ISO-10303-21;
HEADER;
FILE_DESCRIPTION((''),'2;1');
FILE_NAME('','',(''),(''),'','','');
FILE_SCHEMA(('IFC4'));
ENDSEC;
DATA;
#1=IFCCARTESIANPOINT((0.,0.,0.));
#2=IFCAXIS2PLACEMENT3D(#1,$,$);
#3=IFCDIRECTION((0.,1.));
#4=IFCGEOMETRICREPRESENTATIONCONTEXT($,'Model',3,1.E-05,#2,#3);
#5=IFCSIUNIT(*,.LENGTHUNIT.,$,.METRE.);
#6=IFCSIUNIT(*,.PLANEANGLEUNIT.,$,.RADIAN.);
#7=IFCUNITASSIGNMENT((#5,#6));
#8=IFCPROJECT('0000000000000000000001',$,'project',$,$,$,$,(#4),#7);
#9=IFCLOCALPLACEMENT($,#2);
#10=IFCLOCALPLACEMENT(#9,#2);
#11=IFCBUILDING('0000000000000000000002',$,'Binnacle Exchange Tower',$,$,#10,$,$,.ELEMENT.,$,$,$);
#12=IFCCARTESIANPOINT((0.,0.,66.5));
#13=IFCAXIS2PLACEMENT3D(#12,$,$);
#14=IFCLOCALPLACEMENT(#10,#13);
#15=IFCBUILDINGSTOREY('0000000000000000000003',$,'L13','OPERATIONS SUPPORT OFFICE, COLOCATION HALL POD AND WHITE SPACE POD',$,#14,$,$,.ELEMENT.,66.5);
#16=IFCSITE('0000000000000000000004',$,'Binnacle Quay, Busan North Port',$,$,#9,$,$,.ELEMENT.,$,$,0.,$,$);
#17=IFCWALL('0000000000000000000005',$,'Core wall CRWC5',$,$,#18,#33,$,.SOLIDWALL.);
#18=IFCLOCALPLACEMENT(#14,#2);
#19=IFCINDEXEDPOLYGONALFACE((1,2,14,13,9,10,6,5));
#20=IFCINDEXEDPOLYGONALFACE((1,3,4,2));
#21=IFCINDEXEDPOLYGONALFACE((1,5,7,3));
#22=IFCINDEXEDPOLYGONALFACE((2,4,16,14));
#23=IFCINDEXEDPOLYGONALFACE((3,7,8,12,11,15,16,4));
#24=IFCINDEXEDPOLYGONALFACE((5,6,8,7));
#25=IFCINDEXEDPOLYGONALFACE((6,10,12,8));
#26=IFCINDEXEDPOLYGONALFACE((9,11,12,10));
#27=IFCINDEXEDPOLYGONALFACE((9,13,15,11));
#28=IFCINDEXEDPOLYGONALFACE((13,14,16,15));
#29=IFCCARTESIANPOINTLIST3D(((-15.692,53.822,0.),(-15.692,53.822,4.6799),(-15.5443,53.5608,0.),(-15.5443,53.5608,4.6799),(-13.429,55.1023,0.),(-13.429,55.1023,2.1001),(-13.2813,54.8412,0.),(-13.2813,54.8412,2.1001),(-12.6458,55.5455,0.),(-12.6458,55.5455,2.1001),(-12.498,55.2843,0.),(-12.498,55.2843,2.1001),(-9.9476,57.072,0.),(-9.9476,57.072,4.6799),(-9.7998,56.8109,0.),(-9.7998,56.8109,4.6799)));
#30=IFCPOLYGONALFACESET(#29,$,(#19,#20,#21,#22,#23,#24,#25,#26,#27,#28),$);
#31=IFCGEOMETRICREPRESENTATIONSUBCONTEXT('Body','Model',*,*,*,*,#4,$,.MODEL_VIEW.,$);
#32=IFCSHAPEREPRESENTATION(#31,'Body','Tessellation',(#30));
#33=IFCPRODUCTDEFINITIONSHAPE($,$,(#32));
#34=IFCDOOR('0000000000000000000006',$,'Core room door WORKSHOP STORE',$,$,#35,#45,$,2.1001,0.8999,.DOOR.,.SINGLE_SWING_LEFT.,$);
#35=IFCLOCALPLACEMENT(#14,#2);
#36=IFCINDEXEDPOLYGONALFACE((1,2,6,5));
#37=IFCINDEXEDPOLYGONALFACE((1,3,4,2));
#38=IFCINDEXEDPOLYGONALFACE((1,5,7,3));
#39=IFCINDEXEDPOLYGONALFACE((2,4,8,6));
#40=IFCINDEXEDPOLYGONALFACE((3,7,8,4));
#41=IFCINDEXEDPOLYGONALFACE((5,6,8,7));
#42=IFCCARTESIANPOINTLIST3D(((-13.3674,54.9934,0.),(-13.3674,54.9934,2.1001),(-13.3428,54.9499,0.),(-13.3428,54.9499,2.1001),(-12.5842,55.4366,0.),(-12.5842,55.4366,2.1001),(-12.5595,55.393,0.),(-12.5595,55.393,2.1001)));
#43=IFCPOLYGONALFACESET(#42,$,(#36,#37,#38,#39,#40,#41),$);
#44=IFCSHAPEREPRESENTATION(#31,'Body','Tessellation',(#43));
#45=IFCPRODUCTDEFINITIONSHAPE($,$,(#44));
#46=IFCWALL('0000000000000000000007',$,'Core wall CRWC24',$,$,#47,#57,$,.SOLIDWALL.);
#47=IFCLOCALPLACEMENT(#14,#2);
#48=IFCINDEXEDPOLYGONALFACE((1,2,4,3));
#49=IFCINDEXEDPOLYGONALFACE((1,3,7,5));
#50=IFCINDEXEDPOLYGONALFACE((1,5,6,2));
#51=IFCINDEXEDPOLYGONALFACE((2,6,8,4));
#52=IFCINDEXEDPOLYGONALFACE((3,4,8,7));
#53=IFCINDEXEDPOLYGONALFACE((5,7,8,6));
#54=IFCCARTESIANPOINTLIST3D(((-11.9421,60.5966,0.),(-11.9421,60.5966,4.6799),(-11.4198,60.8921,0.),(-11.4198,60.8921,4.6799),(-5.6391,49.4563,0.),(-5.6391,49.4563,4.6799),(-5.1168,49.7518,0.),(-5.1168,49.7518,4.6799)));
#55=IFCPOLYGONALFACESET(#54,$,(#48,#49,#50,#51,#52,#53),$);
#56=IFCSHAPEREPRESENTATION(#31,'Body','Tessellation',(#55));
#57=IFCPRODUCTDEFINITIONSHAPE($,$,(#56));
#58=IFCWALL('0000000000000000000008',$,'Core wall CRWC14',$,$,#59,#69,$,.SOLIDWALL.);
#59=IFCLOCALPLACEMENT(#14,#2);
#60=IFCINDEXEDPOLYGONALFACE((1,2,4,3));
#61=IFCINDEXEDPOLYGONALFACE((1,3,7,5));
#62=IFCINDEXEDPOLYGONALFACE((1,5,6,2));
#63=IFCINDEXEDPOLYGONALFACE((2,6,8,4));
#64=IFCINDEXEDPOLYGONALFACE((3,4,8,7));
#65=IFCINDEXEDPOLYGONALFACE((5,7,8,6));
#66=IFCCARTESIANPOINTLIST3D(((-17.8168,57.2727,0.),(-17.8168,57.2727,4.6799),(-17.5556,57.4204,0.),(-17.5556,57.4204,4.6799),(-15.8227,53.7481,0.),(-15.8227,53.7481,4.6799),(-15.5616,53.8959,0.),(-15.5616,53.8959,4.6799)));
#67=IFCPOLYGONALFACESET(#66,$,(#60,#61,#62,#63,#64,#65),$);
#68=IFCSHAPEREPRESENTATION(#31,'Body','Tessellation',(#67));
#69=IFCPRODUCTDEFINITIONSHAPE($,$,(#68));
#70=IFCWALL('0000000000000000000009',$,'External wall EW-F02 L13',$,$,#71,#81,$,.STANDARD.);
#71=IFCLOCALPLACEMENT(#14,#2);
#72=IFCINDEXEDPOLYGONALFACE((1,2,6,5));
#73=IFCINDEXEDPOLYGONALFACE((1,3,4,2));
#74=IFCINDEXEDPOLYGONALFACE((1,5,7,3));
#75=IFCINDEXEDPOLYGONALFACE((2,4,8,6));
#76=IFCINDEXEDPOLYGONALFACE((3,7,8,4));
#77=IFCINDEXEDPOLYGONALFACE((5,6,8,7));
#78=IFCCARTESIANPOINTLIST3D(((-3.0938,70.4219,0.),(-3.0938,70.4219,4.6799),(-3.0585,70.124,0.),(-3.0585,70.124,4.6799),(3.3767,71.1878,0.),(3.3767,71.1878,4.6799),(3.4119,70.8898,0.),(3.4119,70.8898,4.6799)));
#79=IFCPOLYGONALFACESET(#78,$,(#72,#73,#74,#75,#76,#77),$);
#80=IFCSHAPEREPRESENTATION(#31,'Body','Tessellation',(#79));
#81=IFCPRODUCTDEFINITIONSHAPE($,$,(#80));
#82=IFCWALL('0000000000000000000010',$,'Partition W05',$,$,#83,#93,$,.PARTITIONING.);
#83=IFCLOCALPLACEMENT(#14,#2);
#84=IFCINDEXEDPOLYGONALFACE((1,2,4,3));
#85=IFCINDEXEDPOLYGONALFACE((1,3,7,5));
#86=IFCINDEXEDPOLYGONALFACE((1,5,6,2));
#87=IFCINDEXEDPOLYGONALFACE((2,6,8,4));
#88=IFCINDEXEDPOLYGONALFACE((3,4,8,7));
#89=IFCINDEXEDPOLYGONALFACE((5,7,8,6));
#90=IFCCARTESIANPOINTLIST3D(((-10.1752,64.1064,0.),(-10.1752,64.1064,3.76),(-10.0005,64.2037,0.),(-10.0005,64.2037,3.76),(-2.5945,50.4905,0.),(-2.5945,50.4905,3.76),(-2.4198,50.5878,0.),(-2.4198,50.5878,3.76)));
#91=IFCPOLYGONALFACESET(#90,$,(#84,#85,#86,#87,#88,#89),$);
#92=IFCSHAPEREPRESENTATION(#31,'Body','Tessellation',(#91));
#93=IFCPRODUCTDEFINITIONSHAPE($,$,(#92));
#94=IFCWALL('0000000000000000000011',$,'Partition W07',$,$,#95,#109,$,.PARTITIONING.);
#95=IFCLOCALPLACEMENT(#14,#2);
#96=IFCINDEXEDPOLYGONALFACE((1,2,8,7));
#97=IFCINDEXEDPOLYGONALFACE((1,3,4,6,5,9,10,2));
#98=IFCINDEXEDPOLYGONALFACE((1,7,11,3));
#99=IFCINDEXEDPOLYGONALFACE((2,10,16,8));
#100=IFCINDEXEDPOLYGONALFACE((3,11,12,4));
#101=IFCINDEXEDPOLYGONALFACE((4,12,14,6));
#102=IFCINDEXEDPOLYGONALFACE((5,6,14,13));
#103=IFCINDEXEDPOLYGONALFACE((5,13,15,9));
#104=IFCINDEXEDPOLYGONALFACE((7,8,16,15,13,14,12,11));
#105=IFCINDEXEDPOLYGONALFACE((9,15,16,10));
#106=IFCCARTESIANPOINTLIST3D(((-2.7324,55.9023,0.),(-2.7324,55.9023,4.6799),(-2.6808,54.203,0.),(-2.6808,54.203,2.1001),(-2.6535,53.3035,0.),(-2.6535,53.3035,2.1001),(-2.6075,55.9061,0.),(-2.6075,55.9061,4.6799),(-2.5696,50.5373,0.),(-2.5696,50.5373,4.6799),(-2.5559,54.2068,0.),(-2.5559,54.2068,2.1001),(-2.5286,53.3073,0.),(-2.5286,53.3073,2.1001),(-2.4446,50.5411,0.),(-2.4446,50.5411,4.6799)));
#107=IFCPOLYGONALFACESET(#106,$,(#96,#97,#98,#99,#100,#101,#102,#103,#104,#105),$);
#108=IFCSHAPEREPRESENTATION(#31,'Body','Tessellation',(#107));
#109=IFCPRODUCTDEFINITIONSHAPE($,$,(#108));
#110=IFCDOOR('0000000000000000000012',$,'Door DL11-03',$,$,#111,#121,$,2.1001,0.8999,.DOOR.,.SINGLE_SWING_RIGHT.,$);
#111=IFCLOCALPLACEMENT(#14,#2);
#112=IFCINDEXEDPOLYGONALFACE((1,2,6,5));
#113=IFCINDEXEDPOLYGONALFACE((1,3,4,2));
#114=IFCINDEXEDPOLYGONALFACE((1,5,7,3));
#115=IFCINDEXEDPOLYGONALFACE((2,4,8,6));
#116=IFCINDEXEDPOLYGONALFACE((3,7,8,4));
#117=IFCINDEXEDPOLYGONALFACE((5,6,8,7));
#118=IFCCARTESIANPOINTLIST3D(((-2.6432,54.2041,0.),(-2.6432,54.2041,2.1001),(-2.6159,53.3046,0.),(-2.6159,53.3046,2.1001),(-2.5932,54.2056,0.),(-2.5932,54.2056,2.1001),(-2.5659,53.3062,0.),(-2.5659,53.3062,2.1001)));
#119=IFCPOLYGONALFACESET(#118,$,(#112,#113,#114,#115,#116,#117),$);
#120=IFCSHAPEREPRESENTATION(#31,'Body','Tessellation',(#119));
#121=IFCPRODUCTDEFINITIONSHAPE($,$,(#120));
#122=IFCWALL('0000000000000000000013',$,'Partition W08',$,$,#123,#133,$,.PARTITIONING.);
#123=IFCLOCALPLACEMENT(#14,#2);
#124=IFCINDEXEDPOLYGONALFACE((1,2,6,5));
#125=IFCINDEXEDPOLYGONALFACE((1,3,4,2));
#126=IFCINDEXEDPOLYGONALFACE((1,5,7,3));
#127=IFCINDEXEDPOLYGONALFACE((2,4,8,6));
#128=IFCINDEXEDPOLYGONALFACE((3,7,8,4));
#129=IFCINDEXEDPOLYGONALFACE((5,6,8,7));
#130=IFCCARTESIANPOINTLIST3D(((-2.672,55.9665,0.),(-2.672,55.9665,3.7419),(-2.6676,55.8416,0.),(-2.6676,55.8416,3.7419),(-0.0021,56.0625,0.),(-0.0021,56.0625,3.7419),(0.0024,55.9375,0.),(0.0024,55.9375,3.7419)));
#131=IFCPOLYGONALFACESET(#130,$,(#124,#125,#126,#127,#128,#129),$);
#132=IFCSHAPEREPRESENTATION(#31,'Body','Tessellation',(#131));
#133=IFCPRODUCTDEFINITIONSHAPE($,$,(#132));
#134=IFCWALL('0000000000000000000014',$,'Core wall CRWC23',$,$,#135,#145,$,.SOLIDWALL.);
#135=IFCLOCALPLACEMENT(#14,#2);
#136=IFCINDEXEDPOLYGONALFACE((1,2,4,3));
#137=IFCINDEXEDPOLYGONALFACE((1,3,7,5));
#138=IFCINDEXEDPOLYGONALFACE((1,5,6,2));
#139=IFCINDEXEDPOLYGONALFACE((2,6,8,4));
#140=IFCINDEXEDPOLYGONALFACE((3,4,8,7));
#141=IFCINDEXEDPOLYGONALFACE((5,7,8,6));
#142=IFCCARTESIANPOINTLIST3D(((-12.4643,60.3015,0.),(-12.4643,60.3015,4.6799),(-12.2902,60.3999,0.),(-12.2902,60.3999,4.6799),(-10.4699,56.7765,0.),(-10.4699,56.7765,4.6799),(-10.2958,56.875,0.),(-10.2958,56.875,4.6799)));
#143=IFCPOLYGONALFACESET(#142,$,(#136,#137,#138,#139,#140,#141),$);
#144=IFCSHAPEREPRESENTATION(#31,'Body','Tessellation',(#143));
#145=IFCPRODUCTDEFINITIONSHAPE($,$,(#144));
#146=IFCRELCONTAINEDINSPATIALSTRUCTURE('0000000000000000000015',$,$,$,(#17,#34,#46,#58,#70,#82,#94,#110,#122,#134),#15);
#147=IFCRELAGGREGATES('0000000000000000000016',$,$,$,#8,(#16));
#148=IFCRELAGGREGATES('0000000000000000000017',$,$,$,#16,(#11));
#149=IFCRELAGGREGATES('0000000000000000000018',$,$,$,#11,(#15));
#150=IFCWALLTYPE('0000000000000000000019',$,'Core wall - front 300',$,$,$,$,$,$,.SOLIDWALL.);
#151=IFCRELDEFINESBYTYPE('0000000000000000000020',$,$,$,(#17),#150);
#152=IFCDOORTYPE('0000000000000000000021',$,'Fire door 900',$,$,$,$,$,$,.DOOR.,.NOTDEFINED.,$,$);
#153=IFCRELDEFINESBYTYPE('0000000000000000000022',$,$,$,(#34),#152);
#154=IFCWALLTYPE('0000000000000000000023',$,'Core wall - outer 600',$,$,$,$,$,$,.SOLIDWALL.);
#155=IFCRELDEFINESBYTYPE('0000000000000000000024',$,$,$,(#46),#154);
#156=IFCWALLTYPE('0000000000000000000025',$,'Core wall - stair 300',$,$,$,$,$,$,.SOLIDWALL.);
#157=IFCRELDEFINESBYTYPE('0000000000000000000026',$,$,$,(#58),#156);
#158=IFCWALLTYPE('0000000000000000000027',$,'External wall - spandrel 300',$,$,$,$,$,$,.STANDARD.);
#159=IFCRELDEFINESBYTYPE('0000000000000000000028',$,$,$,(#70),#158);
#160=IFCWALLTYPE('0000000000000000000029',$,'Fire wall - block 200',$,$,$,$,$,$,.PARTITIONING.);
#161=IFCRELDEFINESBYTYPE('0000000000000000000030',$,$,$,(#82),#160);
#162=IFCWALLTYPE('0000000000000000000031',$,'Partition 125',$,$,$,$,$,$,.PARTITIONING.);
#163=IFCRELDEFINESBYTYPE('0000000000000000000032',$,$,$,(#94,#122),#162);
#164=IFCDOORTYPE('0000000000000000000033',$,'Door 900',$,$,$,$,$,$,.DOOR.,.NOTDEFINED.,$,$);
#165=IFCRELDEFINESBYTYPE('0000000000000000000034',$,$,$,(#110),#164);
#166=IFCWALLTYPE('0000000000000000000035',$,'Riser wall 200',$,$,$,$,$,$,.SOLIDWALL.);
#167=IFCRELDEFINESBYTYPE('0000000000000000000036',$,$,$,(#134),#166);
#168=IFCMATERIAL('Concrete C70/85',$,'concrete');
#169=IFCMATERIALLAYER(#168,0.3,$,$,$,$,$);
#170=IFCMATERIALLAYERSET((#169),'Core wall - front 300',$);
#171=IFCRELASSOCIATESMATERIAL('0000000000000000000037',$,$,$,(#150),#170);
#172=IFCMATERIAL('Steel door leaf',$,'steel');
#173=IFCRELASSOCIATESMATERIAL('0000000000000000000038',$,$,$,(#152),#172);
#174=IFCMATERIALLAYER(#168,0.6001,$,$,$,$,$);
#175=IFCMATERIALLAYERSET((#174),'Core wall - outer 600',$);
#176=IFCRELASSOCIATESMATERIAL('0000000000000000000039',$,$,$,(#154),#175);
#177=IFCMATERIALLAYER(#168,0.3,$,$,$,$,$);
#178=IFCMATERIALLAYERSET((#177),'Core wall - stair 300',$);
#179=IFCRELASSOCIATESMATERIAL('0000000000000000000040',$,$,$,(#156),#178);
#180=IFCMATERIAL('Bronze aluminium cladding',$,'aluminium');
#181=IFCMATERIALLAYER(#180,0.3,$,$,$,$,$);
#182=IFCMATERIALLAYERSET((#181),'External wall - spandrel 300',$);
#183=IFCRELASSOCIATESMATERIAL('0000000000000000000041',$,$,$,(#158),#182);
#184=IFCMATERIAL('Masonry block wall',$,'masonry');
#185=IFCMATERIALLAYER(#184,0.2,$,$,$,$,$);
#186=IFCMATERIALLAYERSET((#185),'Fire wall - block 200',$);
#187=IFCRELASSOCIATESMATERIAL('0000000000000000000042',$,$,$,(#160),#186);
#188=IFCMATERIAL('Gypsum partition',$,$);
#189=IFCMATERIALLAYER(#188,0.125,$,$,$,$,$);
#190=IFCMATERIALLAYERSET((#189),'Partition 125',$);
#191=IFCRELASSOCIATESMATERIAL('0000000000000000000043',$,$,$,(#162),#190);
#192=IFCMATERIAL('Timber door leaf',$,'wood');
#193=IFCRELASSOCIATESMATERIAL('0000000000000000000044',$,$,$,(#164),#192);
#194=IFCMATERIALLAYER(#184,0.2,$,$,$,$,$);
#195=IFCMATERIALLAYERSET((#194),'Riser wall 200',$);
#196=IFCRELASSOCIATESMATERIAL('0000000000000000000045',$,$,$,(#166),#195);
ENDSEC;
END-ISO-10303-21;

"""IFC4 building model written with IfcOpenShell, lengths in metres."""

from ifc_helpers import new_model, si_unit, direction, frame, frame_2d, origin, place, context, subcontext, project, spatial, rectangle, extrude, material, layer, layer_set, type_object, element, fill, save


model = new_model("IFC4")

# Units and contexts
model_context = context("Model", 3, precision=1e-05, world=origin(), true_north=direction((0.0, 1.0)))
body_context = subcontext(model_context, "Body", "Model", "MODEL_VIEW")
ifc_project = project(units=[si_unit("LENGTHUNIT", "METRE"), si_unit("PLANEANGLEUNIT", "RADIAN")], contexts=[model_context])

# Site, building, storey
site_placement = place(None, origin())
site = spatial("IfcSite", under=ifc_project, at=site_placement, Name="Binnacle Quay, Busan North Port", CompositionType="ELEMENT", RefElevation=0.0)
building_placement = place(site_placement, origin())
building = spatial("IfcBuilding", under=site, at=building_placement, Name="Binnacle Exchange Tower", CompositionType="ELEMENT")
storey_placement = place(building_placement, frame((0.0, 0.0, 66.5)))
storey = spatial("IfcBuildingStorey", under=building, at=storey_placement, Name="L13", Description="OPERATIONS SUPPORT OFFICE, COLOCATION HALL POD AND WHITE SPACE POD", CompositionType="ELEMENT", Elevation=66.5)

# Shared definitions
ifc_material_1 = material(Name="Concrete C70/85", Category="concrete")

# Wall, opening, door
ifc_layer_1 = layer(ifc_material_1, 0.3)
ifc_layer_set_1 = layer_set([ifc_layer_1], Name="Core wall - front 300")
wall_type_1 = type_object("IfcWallType", Name="Core wall - front 300", PredefinedType="SOLIDWALL", material=ifc_layer_set_1)
wall_1_placement = place(storey_placement, frame((-15.6182, 53.6914, 0.0), z_axis=(0.0, 0.0, 1.0), x_axis=(0.870357, 0.492422, 0.0)))
wall_1 = element("IfcWall", 1, at=wall_1_placement, inside=storey, type_object=wall_type_1, Name="Core wall CRWC5", PredefinedType="SOLIDWALL", context=body_context, shape_type="SweptSolid", body=[
    extrude(rectangle(XDim=6.6001, YDim=0.3, at=frame_2d((3.3, 0.0))), origin(), (0.0, 0.0, 1.0), 4.6799),
])
opening_1_placement = place(wall_1_placement, frame((2.6001, 0.0, 0.0)))
opening_1 = element("IfcOpeningElement", 2, at=opening_1_placement, cuts=wall_1, PredefinedType="OPENING", context=body_context, shape_type="SweptSolid", body=[
    extrude(rectangle(XDim=0.8999, YDim=2.1001, at=frame_2d((0.45, 1.05))), frame((0.0, 0.1599, 0.0), z_axis=(0.0, -1.0, 0.0), x_axis=(1.0, 0.0, 0.0)), (0.0, 0.0, 1.0), 0.3201),
])
ifc_material_2 = material(Name="Steel door leaf", Category="steel")
door_type_1 = type_object("IfcDoorType", Name="Fire door 900", OperationType="NOTDEFINED", PredefinedType="DOOR", material=ifc_material_2)
door_1_placement = place(opening_1_placement, origin())
door_1 = element("IfcDoor", 3, at=door_1_placement, inside=storey, type_object=door_type_1, Name="Core room door WORKSHOP STORE", OperationType="SINGLE_SWING_LEFT", OverallHeight=2.1001, OverallWidth=0.8999, PredefinedType="DOOR", context=body_context, shape_type="SweptSolid", body=[
    extrude(rectangle(XDim=0.8999, YDim=2.1001, at=frame_2d((0.45, 1.05))), frame((0.0, 0.0249, 0.0), z_axis=(0.0, -1.0, 0.0), x_axis=(1.0, 0.0, 0.0)), (0.0, 0.0, 1.0), 0.05),
])
fill(opening_1, door_1)

# Walls
ifc_layer_2 = layer(ifc_material_1, 0.6001)
ifc_layer_set_2 = layer_set([ifc_layer_2], Name="Core wall - outer 600")
wall_type_2 = type_object("IfcWallType", Name="Core wall - outer 600", PredefinedType="SOLIDWALL", material=ifc_layer_set_2)
wall_2_placement = place(storey_placement, frame((-11.6809, 60.7444, 0.0), z_axis=(0.0, 0.0, 1.0), x_axis=(0.492427, -0.870354, 0.0)))
element("IfcWall", 4, at=wall_2_placement, inside=storey, type_object=wall_type_2, Name="Core wall CRWC24", PredefinedType="SOLIDWALL", context=body_context, shape_type="SweptSolid", body=[
    extrude(rectangle(XDim=12.7998, YDim=0.6001, at=frame_2d((6.3999, 0.0))), origin(), (0.0, 0.0, 1.0), 4.6799),
])
ifc_layer_3 = layer(ifc_material_1, 0.3)
ifc_layer_set_3 = layer_set([ifc_layer_3], Name="Core wall - stair 300")
wall_type_3 = type_object("IfcWallType", Name="Core wall - stair 300", PredefinedType="SOLIDWALL", material=ifc_layer_set_3)
wall_3_placement = place(storey_placement, frame((-17.6863, 57.3467, 0.0), z_axis=(0.0, 0.0, 1.0), x_axis=(0.492421, -0.870357, 0.0)))
element("IfcWall", 5, at=wall_3_placement, inside=storey, type_object=wall_type_3, Name="Core wall CRWC14", PredefinedType="SOLIDWALL", context=body_context, shape_type="SweptSolid", body=[
    extrude(rectangle(XDim=4.0496, YDim=0.3, at=frame_2d((2.0249, 0.0))), origin(), (0.0, 0.0, 1.0), 4.6799),
])
ifc_material_3 = material(Name="Bronze aluminium cladding", Category="aluminium")
ifc_layer_4 = layer(ifc_material_3, 0.3)
ifc_layer_set_4 = layer_set([ifc_layer_4], Name="External wall - spandrel 300")
wall_type_4 = type_object("IfcWallType", Name="External wall - spandrel 300", PredefinedType="STANDARD", material=ifc_layer_set_4)
wall_4_placement = place(storey_placement, frame((-3.0762, 70.2729, 0.0), z_axis=(0.0, 0.0, 1.0), x_axis=(0.993068, 0.117543, 0.0)))
element("IfcWall", 6, at=wall_4_placement, inside=storey, type_object=wall_type_4, Name="External wall EW-F02 L13", PredefinedType="STANDARD", context=body_context, shape_type="SweptSolid", body=[
    extrude(rectangle(XDim=6.5156, YDim=0.3, at=frame_2d((3.2578, 0.0))), origin(), (0.0, 0.0, 1.0), 4.6799),
])
ifc_material_4 = material(Name="Masonry block wall", Category="masonry")
ifc_layer_5 = layer(ifc_material_4, 0.2)
ifc_layer_set_5 = layer_set([ifc_layer_5], Name="Fire wall - block 200")
wall_type_5 = type_object("IfcWallType", Name="Fire wall - block 200", PredefinedType="PARTITIONING", material=ifc_layer_set_5)
wall_5_placement = place(storey_placement, frame((-10.0879, 64.155, 0.0), z_axis=(0.0, 0.0, 1.0), x_axis=(0.486446, -0.873711, 0.0)))
element("IfcWall", 7, at=wall_5_placement, inside=storey, type_object=wall_type_5, Name="Partition W05", PredefinedType="PARTITIONING", context=body_context, shape_type="SweptSolid", body=[
    extrude(rectangle(XDim=15.584, YDim=0.2, at=frame_2d((7.792, 0.0))), origin(), (0.0, 0.0, 1.0), 3.76),
])

# Wall, opening, door
ifc_material_5 = material(Name="Gypsum partition")
ifc_layer_6 = layer(ifc_material_5, 0.125)
ifc_layer_set_6 = layer_set([ifc_layer_6], Name="Partition 125")
wall_type_6 = type_object("IfcWallType", Name="Partition 125", PredefinedType="PARTITIONING", material=ifc_layer_set_6)
wall_6_placement = place(storey_placement, frame((-2.6699, 55.9041, 0.0), z_axis=(0.0, 0.0, 1.0), x_axis=(0.030339, -0.99954, 0.0)))
wall_6 = element("IfcWall", 8, at=wall_6_placement, inside=storey, type_object=wall_type_6, Name="Partition W07", PredefinedType="PARTITIONING", context=body_context, shape_type="SweptSolid", body=[
    extrude(rectangle(XDim=5.3674, YDim=0.125, at=frame_2d((2.6836, 0.0))), origin(), (0.0, 0.0, 1.0), 4.6799),
])
opening_2_placement = place(wall_6_placement, frame((1.7, 0.0, 0.0)))
opening_2 = element("IfcOpeningElement", 9, at=opening_2_placement, cuts=wall_6, PredefinedType="OPENING", context=body_context, shape_type="SweptSolid", body=[
    extrude(rectangle(XDim=0.8999, YDim=2.1001, at=frame_2d((0.45, 1.05))), frame((0.0, 0.0725, 0.0), z_axis=(0.0, -1.0, 0.0), x_axis=(1.0, 0.0, 0.0)), (0.0, 0.0, 1.0), 0.145),
])
ifc_material_6 = material(Name="Timber door leaf", Category="wood")
door_type_2 = type_object("IfcDoorType", Name="Door 900", OperationType="NOTDEFINED", PredefinedType="DOOR", material=ifc_material_6)
door_2_placement = place(opening_2_placement, frame((0.8999, 0.0, 0.0), z_axis=(0.0, 0.0, 1.0), x_axis=(-1.0, 0.0, 0.0)))
door_2 = element("IfcDoor", 10, at=door_2_placement, inside=storey, type_object=door_type_2, Name="Door DL11-03", OperationType="SINGLE_SWING_RIGHT", OverallHeight=2.1001, OverallWidth=0.8999, PredefinedType="DOOR", context=body_context, shape_type="SweptSolid", body=[
    extrude(rectangle(XDim=0.8999, YDim=2.1001, at=frame_2d((0.45, 1.05))), frame((0.0, 0.0249, 0.0), z_axis=(0.0, -1.0, 0.0), x_axis=(1.0, 0.0, 0.0)), (0.0, 0.0, 1.0), 0.05),
])
fill(opening_2, door_2)

# Walls
wall_7_placement = place(storey_placement, frame((-2.6699, 55.9041, 0.0), z_axis=(0.0, 0.0, 1.0), x_axis=(0.999355, 0.035913, 0.0)))
element("IfcWall", 11, at=wall_7_placement, inside=storey, type_object=wall_type_6, Name="Partition W08", PredefinedType="PARTITIONING", context=body_context, shape_type="SweptSolid", body=[
    extrude(rectangle(XDim=2.6716, YDim=0.125, at=frame_2d((1.3359, 0.0))), origin(), (0.0, 0.0, 1.0), 3.7419),
])
ifc_layer_7 = layer(ifc_material_4, 0.2)
ifc_layer_set_7 = layer_set([ifc_layer_7], Name="Riser wall 200")
wall_type_7 = type_object("IfcWallType", Name="Riser wall 200", PredefinedType="SOLIDWALL", material=ifc_layer_set_7)
wall_8_placement = place(storey_placement, frame((-12.3772, 60.3506, 0.0), z_axis=(0.0, 0.0, 1.0), x_axis=(0.492441, -0.870346, 0.0)))
element("IfcWall", 12, at=wall_8_placement, inside=storey, type_object=wall_type_7, Name="Core wall CRWC23", PredefinedType="SOLIDWALL", context=body_context, shape_type="SweptSolid", body=[
    extrude(rectangle(XDim=4.05, YDim=0.2, at=frame_2d((2.0249, 0.0))), origin(), (0.0, 0.0, 1.0), 4.6799),
])

save(model, "model.ifc")
